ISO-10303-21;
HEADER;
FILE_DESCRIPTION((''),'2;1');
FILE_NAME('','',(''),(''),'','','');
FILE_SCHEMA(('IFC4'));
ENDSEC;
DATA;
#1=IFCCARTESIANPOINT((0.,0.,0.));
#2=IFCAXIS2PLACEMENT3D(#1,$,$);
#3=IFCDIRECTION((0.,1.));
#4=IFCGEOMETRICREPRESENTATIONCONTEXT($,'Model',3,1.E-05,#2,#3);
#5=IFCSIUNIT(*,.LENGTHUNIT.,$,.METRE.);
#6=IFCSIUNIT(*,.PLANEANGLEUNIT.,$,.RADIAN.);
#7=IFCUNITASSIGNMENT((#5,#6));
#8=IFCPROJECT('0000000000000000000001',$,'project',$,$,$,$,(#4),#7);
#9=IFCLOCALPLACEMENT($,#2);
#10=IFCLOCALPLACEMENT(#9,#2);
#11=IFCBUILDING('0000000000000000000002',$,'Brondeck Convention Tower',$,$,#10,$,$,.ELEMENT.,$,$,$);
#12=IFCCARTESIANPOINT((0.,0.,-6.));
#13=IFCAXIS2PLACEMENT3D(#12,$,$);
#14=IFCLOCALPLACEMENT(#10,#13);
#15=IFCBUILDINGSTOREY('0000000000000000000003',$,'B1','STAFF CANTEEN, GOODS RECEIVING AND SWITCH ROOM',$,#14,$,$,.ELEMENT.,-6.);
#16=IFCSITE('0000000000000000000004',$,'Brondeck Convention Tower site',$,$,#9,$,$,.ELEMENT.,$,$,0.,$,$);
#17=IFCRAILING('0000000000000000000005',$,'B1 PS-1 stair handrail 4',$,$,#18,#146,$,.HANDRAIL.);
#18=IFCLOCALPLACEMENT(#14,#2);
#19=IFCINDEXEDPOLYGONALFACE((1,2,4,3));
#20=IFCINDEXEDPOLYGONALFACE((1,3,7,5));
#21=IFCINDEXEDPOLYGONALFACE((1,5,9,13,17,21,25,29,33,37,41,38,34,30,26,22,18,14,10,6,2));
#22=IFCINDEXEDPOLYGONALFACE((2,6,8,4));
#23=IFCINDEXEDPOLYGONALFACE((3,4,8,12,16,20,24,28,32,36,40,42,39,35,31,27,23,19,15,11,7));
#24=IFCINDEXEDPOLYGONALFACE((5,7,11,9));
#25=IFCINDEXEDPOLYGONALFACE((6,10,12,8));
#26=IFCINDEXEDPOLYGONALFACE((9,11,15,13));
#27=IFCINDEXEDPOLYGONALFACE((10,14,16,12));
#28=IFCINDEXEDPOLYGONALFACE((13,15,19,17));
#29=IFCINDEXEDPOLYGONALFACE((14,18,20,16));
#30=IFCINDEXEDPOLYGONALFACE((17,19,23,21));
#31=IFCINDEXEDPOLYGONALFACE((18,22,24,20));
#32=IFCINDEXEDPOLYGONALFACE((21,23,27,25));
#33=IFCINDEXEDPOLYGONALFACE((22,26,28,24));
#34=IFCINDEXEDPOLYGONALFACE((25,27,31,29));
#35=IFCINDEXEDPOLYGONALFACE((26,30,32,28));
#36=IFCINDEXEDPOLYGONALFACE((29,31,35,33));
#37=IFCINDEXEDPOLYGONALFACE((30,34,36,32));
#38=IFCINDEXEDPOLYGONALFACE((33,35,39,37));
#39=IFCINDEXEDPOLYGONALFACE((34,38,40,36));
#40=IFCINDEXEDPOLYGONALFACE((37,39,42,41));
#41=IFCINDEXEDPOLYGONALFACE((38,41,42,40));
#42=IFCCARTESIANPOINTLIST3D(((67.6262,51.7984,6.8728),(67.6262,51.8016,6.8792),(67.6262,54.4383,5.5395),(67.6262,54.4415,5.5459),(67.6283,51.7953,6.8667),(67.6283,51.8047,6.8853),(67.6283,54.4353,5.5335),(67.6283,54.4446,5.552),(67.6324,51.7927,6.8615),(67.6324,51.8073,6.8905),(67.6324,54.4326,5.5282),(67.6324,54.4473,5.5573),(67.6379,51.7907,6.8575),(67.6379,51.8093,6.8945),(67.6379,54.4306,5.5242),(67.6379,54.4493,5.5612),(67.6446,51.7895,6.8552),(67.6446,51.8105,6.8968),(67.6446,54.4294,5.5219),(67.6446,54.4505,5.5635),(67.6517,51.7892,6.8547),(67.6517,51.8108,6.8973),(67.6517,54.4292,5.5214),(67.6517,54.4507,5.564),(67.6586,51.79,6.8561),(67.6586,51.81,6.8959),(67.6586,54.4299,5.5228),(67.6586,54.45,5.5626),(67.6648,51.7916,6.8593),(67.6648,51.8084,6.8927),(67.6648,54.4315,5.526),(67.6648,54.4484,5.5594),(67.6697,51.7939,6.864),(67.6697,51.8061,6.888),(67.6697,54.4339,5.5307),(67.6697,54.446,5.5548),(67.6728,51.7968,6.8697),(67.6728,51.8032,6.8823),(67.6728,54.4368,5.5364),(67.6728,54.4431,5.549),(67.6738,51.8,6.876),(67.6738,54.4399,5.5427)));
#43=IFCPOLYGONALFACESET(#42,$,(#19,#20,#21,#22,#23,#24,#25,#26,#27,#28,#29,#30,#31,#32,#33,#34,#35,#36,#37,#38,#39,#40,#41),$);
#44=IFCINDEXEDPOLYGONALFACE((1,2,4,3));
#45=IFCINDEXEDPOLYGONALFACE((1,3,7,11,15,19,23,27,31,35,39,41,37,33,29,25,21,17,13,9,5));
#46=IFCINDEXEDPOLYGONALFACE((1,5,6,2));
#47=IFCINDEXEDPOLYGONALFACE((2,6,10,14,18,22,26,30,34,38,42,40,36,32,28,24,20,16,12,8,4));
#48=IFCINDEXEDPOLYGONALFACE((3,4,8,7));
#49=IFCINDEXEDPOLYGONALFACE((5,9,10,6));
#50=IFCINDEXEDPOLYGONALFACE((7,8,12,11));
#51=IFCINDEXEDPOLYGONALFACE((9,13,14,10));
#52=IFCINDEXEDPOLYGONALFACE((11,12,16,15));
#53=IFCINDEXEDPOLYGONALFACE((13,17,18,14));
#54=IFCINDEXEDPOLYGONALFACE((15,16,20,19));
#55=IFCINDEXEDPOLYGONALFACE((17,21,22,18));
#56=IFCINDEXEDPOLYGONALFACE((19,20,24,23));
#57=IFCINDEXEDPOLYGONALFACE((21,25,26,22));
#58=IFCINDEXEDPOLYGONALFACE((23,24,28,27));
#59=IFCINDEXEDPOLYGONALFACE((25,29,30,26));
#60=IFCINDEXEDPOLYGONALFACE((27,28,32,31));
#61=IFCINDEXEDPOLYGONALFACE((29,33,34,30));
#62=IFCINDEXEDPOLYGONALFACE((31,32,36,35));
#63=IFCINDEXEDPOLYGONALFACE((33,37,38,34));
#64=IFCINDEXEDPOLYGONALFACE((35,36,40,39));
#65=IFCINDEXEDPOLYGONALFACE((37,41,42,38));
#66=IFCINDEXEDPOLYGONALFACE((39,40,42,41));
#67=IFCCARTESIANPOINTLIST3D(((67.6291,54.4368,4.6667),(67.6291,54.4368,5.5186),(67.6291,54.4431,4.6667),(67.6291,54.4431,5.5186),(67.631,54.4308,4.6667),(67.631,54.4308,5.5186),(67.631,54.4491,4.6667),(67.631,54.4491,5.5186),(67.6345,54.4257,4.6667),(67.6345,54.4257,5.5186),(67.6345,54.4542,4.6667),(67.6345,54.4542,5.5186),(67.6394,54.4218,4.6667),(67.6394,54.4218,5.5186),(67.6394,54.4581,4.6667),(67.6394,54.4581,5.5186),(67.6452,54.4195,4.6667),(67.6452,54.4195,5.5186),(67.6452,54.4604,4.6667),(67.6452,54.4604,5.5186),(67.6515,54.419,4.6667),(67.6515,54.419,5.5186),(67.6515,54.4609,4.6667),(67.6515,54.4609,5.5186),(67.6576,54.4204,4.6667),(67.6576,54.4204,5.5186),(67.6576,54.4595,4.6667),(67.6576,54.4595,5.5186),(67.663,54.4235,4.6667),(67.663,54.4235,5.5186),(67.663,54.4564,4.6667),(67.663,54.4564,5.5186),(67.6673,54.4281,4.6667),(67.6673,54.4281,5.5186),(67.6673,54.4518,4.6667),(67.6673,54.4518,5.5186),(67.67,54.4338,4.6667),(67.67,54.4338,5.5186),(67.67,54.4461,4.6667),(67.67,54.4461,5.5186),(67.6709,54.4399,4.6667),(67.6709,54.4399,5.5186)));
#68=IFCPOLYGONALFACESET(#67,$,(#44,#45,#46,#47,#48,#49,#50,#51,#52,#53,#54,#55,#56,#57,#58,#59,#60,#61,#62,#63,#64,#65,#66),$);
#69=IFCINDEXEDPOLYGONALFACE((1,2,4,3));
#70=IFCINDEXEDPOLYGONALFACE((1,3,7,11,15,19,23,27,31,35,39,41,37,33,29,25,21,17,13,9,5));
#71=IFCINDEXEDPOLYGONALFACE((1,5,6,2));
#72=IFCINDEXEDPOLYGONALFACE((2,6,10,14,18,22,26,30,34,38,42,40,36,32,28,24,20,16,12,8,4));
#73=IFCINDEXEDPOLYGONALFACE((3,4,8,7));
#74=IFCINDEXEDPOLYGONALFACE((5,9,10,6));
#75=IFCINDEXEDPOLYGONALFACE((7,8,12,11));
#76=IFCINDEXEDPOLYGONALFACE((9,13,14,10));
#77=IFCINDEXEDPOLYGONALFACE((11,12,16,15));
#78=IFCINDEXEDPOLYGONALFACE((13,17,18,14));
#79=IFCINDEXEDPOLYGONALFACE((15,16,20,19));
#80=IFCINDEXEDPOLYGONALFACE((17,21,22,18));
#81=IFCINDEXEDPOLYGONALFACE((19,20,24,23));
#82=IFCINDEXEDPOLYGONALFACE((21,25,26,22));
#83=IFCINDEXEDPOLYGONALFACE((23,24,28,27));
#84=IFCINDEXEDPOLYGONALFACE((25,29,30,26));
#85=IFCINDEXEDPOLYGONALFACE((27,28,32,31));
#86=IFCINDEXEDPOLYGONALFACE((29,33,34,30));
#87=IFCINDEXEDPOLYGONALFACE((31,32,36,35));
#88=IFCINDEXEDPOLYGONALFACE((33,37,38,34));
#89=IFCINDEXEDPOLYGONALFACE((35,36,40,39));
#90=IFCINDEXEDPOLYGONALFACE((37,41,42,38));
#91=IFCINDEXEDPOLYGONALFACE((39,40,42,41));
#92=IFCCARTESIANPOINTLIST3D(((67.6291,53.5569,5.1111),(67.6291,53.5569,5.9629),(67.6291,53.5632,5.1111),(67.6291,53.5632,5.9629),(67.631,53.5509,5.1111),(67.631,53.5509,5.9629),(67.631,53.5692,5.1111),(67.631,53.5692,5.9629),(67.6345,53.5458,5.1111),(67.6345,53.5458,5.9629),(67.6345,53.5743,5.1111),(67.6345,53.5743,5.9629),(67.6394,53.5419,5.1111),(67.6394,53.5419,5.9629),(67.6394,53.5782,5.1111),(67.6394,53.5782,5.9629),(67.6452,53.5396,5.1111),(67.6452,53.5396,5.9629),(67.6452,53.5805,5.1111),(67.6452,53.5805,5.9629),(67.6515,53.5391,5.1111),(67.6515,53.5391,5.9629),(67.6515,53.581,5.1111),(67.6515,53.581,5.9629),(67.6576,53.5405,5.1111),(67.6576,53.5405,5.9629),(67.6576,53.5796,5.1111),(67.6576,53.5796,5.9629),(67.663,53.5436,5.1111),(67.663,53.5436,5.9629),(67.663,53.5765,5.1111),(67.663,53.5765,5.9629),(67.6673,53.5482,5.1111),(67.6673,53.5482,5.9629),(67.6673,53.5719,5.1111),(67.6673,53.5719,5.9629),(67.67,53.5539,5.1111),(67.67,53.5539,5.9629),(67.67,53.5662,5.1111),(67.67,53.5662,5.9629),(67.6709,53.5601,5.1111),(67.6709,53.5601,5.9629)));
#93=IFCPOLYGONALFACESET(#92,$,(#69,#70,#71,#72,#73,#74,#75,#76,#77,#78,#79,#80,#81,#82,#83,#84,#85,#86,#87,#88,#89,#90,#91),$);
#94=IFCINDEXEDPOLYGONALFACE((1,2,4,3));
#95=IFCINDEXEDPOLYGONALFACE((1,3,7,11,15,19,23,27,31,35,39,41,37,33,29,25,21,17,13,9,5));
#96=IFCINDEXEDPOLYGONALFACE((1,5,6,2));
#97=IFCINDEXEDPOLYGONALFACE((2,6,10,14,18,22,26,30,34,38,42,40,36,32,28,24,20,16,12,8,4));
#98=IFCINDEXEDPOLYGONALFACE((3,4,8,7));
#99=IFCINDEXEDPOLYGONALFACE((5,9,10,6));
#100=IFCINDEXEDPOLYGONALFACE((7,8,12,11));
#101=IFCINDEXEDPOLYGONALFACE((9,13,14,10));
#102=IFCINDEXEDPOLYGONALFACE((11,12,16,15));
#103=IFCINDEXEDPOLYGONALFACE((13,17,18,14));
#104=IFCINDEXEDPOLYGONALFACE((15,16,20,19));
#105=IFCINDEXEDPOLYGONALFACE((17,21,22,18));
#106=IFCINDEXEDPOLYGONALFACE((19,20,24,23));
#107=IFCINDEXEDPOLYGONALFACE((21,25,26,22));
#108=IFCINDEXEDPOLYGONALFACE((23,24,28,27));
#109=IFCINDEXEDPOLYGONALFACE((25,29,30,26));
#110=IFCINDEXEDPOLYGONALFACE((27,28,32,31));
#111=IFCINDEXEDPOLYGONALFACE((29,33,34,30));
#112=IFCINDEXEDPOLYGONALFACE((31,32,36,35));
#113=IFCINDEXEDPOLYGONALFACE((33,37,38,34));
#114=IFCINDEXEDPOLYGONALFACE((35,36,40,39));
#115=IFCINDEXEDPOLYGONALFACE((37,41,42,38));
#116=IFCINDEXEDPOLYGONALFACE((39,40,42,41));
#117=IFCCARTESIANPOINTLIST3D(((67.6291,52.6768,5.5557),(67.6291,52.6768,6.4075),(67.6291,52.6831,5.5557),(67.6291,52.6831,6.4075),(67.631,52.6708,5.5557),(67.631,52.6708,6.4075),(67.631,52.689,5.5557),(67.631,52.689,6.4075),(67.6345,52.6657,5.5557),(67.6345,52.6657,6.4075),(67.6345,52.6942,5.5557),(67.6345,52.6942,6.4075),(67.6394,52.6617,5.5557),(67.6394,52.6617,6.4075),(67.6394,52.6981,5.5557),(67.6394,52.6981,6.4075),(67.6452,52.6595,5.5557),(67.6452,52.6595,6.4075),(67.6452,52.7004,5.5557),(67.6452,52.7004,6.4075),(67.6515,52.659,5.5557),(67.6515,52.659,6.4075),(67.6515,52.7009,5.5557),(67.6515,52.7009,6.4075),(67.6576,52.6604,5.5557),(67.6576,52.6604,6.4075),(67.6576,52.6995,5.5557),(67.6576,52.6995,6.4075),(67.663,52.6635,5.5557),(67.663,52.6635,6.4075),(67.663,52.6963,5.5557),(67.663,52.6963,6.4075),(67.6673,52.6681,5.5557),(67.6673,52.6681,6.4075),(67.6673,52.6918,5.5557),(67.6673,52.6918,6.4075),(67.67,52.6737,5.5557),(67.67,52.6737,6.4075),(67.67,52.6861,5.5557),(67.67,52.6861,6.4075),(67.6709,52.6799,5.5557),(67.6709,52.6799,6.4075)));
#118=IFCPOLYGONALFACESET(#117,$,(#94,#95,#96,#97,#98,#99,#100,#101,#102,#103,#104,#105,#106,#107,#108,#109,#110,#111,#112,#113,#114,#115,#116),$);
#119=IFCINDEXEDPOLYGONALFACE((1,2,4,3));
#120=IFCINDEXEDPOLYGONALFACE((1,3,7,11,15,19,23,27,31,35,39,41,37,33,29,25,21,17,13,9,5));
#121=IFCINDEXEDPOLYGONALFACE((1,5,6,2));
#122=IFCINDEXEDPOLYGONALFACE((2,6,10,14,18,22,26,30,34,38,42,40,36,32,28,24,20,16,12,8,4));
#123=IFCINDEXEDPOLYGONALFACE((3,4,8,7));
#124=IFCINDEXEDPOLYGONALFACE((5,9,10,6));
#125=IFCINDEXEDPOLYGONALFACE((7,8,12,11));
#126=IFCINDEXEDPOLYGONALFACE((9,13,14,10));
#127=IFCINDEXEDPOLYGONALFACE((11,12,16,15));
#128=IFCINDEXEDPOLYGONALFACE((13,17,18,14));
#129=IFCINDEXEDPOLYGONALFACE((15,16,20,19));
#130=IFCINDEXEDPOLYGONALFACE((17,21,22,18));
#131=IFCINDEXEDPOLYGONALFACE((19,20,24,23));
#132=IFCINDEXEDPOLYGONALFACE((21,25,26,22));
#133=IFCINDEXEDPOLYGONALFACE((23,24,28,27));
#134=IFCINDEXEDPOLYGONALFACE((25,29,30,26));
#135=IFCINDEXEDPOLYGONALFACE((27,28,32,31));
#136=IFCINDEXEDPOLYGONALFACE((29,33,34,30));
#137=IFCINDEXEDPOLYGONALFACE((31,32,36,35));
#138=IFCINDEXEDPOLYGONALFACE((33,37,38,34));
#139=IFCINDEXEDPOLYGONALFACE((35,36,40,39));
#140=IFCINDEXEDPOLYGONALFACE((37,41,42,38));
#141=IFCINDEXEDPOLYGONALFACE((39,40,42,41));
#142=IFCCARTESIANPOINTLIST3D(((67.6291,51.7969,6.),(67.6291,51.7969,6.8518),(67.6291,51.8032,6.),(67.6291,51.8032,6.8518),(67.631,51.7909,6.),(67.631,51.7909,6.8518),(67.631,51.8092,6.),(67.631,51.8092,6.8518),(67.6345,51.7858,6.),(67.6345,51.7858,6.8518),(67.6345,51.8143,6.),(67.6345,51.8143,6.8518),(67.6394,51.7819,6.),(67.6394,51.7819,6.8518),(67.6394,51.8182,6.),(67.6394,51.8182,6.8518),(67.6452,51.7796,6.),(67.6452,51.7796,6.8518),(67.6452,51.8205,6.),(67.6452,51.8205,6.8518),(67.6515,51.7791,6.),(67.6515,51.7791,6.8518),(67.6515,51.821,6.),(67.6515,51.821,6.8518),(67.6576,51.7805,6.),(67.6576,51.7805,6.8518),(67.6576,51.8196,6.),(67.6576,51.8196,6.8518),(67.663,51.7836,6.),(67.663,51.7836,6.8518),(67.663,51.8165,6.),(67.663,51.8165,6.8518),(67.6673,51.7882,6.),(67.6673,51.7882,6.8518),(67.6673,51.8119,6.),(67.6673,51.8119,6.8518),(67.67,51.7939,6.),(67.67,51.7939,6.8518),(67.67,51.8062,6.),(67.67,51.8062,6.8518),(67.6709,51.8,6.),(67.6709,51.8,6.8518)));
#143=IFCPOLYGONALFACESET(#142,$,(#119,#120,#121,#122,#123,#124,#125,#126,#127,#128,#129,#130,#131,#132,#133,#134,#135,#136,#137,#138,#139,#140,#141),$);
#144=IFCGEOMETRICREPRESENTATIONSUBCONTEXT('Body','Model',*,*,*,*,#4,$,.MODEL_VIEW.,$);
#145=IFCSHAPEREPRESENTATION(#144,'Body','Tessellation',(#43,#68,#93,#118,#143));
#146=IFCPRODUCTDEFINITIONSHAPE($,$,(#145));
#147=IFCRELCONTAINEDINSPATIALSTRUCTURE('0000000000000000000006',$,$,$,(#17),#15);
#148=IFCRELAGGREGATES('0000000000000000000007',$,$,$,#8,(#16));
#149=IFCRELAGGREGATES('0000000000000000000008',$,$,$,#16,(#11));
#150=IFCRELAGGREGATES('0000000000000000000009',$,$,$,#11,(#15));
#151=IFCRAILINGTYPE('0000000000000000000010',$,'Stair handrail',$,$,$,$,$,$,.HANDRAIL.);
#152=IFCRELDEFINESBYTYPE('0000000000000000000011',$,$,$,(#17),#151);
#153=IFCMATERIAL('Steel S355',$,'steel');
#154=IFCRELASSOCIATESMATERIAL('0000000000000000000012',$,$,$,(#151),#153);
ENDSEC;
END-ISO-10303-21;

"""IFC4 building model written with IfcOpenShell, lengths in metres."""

from ifc_helpers import new_model, si_unit, direction, frame, origin, origin_2d, place, context, subcontext, project, spatial, circle, extrude, material, type_object, element, save


model = new_model("IFC4")

# Units and contexts
model_context = context("Model", 3, precision=1e-05, world=origin(), true_north=direction((0.0, 1.0)))
body_context = subcontext(model_context, "Body", "Model", "MODEL_VIEW")
ifc_project = project(units=[si_unit("LENGTHUNIT", "METRE"), si_unit("PLANEANGLEUNIT", "RADIAN")], contexts=[model_context])

# Site, building, storey
site_placement = place(None, origin())
site = spatial("IfcSite", under=ifc_project, at=site_placement, Name="Brondeck Convention Tower site", CompositionType="ELEMENT", RefElevation=0.0)
building_placement = place(site_placement, origin())
building = spatial("IfcBuilding", under=site, at=building_placement, Name="Brondeck Convention Tower", CompositionType="ELEMENT")
storey_placement = place(building_placement, frame((0.0, 0.0, -6.0)))
storey = spatial("IfcBuildingStorey", under=building, at=storey_placement, Name="B1", Description="STAFF CANTEEN, GOODS RECEIVING AND SWITCH ROOM", CompositionType="ELEMENT", Elevation=-6.0)

# Railing
ifc_material_1 = material(Name="Steel S355", Category="steel")
railing_type = type_object("IfcRailingType", Name="Stair handrail", PredefinedType="HANDRAIL", material=ifc_material_1)
railing_1_placement = place(storey_placement, frame((67.6499, 54.4399, 4.6667)))
element("IfcRailing", 1, at=railing_1_placement, inside=storey, type_object=railing_type, Name="B1 PS-1 stair handrail 4", PredefinedType="HANDRAIL", context=body_context, shape_type="SweptSolid", body=[
    extrude(circle(Radius=0.0239, at=origin_2d()), frame((0.0, 0.0, 0.876), z_axis=(0.0, -0.89262, 0.450809), x_axis=(1.0, 0.0, 0.0)), (0.0, 0.0, 1.0), 2.9575),
    extrude(circle(Radius=0.021, at=origin_2d()), origin(), (0.0, 0.0, 1.0), 0.8518),
    extrude(circle(Radius=0.021, at=origin_2d()), frame((0.0, -0.8799, 0.4443)), (0.0, 0.0, 1.0), 0.8518),
    extrude(circle(Radius=0.021, at=origin_2d()), frame((0.0, -1.76, 0.8889)), (0.0, 0.0, 1.0), 0.8518),
    extrude(circle(Radius=0.021, at=origin_2d()), frame((0.0, -2.6399, 1.3333)), (0.0, 0.0, 1.0), 0.8518),
])

save(model, "model.ifc")
